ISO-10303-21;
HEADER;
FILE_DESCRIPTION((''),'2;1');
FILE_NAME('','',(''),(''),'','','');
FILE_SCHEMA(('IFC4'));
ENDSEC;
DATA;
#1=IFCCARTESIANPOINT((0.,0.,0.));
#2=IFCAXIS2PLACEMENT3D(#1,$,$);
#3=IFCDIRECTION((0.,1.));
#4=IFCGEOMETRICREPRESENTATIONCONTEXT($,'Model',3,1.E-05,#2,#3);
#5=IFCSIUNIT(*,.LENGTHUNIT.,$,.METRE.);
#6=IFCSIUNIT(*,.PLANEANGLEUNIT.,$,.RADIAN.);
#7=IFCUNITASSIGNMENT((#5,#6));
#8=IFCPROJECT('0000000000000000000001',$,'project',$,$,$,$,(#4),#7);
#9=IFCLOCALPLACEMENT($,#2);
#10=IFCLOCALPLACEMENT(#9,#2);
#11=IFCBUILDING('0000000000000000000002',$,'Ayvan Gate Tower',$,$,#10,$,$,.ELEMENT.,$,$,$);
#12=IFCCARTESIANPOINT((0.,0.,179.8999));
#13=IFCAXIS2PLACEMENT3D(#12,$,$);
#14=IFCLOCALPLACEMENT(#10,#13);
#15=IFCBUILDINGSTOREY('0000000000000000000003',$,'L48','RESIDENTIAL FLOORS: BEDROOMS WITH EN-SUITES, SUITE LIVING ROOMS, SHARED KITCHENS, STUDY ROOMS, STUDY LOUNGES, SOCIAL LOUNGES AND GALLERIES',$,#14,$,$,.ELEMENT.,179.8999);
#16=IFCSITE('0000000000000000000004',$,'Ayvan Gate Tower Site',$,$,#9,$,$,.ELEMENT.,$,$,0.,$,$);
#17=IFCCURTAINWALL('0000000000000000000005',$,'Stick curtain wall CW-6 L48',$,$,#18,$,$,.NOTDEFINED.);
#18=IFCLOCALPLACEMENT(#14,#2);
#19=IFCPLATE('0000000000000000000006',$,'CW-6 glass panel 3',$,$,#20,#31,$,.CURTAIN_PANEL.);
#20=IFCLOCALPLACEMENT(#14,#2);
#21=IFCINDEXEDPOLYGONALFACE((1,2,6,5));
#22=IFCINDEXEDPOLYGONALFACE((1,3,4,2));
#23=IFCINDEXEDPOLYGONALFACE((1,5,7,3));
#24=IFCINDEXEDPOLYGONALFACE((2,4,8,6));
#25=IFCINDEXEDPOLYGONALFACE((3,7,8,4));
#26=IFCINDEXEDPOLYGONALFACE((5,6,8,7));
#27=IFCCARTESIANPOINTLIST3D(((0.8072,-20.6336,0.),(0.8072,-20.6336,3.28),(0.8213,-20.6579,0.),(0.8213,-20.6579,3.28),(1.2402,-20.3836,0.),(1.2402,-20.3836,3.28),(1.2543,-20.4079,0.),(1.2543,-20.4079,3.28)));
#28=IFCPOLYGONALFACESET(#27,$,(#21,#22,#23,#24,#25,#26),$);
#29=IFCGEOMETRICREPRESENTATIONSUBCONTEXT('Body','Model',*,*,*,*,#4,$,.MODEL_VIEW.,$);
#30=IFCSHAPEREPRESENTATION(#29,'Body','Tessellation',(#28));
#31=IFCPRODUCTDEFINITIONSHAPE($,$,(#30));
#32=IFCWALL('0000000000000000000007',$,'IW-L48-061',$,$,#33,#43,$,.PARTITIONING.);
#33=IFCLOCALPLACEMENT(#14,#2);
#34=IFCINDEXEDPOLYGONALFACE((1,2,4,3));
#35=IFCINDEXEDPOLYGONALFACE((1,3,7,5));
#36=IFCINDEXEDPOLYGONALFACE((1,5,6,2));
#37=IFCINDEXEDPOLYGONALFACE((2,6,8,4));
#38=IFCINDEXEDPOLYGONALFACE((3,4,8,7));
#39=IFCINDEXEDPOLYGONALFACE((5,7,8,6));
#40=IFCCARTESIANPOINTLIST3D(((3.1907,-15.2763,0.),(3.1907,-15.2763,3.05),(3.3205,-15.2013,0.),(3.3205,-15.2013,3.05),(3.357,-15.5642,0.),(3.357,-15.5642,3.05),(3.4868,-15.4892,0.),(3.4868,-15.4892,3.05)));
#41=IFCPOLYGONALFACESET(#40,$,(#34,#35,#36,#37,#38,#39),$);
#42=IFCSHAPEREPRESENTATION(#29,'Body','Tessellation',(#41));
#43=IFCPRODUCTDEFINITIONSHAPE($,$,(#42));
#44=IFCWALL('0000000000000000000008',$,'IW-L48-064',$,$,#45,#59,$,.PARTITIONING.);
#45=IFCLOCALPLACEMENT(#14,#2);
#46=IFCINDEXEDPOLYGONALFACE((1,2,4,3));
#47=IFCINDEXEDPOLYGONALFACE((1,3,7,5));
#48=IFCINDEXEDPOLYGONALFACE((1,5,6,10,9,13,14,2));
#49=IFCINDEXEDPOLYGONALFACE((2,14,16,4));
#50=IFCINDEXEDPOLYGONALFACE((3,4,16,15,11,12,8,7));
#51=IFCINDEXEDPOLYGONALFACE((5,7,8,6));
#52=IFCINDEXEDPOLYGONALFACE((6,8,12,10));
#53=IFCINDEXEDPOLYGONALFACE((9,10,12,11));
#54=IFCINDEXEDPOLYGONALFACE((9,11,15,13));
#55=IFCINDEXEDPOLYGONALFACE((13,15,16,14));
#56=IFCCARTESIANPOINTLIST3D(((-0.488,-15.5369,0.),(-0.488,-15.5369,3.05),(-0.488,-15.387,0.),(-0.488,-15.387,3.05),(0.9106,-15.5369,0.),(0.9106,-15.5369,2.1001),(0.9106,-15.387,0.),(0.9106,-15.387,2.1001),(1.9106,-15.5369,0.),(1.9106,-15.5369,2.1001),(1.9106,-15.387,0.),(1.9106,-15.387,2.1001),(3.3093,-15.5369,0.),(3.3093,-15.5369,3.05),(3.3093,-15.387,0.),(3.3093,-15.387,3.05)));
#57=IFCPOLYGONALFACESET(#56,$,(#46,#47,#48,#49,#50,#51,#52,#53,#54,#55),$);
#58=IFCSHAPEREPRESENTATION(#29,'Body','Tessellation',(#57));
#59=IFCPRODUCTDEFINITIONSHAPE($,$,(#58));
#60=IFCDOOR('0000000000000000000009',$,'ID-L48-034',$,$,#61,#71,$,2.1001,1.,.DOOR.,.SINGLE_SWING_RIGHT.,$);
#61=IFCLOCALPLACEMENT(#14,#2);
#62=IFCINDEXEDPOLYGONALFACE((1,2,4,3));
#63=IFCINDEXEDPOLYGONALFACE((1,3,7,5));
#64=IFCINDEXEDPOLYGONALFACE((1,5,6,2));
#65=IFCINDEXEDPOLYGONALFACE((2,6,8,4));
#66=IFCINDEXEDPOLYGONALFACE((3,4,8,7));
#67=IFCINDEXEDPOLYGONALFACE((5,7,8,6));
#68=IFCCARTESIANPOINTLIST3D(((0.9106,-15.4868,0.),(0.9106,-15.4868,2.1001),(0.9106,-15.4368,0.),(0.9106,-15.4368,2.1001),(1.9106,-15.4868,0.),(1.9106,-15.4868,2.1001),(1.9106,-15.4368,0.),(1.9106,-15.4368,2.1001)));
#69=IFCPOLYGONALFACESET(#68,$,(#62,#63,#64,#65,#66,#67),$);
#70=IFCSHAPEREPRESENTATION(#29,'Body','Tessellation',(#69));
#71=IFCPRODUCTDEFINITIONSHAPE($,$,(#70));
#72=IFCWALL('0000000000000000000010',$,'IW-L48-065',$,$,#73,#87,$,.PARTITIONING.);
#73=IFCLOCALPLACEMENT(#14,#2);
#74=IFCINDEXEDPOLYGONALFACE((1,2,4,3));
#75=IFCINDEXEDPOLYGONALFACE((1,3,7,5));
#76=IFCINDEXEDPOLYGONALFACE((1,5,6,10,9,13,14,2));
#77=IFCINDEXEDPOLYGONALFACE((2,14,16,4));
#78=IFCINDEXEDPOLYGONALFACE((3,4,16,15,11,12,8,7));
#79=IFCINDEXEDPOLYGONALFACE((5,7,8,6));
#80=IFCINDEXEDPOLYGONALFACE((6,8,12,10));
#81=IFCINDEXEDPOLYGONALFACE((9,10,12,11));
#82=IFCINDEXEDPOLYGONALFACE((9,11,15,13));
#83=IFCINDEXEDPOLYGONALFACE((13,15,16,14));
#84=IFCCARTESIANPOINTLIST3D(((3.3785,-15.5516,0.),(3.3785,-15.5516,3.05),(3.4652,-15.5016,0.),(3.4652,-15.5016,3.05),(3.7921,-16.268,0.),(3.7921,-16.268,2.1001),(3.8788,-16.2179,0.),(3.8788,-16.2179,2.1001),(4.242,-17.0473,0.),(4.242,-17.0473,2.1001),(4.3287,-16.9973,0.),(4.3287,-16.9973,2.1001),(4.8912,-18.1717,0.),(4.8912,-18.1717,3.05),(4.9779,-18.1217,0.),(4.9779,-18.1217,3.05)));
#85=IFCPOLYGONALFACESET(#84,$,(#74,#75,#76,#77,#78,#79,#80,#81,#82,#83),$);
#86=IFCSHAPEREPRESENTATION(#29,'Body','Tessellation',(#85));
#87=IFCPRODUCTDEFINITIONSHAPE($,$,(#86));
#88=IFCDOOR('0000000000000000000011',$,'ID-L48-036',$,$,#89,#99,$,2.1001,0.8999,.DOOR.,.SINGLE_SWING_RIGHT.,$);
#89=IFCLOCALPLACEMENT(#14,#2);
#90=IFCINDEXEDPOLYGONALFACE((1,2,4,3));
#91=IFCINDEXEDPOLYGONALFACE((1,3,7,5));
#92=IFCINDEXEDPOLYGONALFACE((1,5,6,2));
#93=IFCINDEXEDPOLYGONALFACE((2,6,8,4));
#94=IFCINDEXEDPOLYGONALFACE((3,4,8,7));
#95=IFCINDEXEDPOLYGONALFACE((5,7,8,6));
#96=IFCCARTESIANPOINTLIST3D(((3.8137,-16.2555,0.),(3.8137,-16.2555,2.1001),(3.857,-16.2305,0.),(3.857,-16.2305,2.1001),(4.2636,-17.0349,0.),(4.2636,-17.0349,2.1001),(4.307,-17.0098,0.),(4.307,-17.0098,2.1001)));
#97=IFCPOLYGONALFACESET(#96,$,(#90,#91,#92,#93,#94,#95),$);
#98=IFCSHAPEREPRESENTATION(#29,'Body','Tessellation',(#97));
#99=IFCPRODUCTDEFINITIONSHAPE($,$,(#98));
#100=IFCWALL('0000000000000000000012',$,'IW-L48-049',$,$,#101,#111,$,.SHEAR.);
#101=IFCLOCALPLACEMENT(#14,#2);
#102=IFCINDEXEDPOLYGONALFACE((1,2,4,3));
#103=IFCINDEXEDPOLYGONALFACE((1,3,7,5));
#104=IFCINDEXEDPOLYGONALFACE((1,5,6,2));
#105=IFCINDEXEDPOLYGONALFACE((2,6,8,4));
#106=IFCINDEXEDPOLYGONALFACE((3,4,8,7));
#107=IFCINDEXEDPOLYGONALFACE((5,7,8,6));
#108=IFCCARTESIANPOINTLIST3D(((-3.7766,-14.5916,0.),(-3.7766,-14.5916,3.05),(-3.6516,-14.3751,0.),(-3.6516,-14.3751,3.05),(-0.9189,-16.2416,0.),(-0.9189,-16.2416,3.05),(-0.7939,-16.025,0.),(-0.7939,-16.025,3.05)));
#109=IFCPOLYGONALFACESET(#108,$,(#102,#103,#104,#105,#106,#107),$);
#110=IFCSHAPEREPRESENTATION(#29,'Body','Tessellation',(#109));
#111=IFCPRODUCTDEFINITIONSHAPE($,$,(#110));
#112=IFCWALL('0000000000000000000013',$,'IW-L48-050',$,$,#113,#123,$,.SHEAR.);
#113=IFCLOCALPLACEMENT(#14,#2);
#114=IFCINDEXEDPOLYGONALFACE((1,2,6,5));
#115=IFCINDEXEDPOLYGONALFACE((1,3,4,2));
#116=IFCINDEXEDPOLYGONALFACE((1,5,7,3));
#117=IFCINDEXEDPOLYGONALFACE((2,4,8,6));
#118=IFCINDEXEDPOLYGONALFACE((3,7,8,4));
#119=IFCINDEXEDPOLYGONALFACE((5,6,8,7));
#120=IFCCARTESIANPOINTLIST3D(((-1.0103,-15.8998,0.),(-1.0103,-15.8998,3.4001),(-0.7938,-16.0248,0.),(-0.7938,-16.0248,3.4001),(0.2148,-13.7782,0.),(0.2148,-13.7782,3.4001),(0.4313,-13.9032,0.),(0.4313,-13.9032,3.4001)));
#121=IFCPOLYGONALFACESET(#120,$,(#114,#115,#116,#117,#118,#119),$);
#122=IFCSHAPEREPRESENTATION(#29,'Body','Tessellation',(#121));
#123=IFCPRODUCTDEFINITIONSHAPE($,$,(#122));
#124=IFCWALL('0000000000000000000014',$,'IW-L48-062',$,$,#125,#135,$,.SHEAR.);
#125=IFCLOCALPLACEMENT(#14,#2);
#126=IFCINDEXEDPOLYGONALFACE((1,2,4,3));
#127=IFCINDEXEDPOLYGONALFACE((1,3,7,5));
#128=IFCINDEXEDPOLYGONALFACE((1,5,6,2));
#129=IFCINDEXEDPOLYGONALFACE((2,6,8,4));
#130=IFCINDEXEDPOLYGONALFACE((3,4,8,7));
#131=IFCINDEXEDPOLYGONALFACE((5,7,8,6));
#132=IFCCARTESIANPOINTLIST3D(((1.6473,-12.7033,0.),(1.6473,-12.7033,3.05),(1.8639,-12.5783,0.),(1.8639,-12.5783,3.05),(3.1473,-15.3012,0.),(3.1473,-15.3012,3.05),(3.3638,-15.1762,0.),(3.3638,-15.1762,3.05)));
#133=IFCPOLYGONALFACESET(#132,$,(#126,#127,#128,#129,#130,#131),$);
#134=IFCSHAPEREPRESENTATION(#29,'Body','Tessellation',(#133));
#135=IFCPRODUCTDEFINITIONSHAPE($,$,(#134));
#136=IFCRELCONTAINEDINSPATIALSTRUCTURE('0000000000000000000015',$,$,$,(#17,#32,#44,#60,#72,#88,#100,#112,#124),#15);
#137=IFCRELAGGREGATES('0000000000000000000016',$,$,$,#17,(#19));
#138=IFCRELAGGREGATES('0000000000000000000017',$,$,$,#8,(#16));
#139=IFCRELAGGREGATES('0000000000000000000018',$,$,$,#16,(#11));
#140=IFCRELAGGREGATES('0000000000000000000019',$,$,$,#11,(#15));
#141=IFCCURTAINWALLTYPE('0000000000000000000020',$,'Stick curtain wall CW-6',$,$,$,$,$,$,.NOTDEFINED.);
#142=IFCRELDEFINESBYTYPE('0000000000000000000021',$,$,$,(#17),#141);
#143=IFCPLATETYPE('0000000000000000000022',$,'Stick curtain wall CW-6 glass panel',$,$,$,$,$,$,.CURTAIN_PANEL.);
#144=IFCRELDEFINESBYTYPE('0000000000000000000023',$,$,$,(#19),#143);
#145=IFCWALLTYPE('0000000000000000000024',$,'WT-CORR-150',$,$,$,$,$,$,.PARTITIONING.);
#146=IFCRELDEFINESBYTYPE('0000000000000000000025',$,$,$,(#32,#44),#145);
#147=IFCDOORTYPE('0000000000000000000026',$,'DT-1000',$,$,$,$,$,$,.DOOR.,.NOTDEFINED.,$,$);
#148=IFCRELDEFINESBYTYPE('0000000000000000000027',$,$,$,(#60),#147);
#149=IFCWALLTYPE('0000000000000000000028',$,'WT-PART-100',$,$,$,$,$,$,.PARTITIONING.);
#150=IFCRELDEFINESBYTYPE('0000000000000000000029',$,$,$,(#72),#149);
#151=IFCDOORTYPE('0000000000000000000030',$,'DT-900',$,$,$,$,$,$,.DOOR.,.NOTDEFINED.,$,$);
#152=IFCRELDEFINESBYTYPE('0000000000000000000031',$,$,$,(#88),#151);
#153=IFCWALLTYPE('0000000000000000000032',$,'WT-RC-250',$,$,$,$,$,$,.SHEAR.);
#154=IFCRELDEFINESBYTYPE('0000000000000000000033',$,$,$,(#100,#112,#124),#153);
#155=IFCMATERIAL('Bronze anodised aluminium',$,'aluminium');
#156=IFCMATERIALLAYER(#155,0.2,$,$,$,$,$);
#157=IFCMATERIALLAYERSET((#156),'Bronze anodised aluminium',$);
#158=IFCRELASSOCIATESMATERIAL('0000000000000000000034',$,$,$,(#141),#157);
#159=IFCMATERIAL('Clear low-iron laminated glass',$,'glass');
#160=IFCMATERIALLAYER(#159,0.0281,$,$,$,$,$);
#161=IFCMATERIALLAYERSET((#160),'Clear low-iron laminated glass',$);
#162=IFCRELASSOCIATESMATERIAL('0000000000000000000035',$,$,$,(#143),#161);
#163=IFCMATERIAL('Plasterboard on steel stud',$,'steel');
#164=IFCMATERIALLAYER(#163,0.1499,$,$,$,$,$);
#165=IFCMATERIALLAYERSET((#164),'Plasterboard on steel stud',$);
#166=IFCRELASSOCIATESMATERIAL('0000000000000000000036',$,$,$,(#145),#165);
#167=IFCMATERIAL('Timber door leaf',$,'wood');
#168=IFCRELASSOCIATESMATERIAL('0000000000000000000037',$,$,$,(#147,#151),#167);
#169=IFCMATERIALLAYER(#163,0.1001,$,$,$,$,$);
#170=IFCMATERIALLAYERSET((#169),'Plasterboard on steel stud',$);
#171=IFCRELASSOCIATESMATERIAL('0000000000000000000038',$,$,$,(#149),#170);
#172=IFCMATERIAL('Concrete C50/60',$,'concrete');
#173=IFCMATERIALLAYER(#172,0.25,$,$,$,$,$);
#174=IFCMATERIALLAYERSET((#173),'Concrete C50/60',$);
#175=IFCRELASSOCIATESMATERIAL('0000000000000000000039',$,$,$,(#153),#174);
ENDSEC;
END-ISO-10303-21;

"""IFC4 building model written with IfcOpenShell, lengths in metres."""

from ifc_helpers import new_model, si_unit, direction, frame, frame_2d, origin, origin_2d, place, context, subcontext, project, spatial, rectangle, extrude, material, layer, layer_set, type_object, element, fill, aggregate, save


model = new_model("IFC4")

# Units and contexts
model_context = context("Model", 3, precision=1e-05, world=origin(), true_north=direction((0.0, 1.0)))
body_context = subcontext(model_context, "Body", "Model", "MODEL_VIEW")
ifc_project = project(units=[si_unit("LENGTHUNIT", "METRE"), si_unit("PLANEANGLEUNIT", "RADIAN")], contexts=[model_context])

# Site, building, storey
site_placement = place(None, origin())
site = spatial("IfcSite", under=ifc_project, at=site_placement, Name="Ayvan Gate Tower Site", CompositionType="ELEMENT", RefElevation=0.0)
building_placement = place(site_placement, origin())
building = spatial("IfcBuilding", under=site, at=building_placement, Name="Ayvan Gate Tower", CompositionType="ELEMENT")
storey_placement = place(building_placement, frame((0.0, 0.0, 179.8999)))
storey = spatial("IfcBuildingStorey", under=building, at=storey_placement, Name="L48", Description="RESIDENTIAL FLOORS: BEDROOMS WITH EN-SUITES, SUITE LIVING ROOMS, SHARED KITCHENS, STUDY ROOMS, STUDY LOUNGES, SOCIAL LOUNGES AND GALLERIES", CompositionType="ELEMENT", Elevation=179.8999)

# Curtain wall
ifc_material_1 = material(Name="Bronze anodised aluminium", Category="aluminium")
ifc_layer_1 = layer(ifc_material_1, 0.2)
ifc_layer_set_1 = layer_set([ifc_layer_1], Name="Bronze anodised aluminium")
curtain_wall_type_1 = type_object("IfcCurtainWallType", Name="Stick curtain wall CW-6", PredefinedType="NOTDEFINED", material=ifc_layer_set_1)
curtain_wall_1_placement = place(storey_placement, origin())
curtain_wall_1 = element("IfcCurtainWall", 1, at=curtain_wall_1_placement, inside=storey, type_object=curtain_wall_type_1, Name="Stick curtain wall CW-6 L48", PredefinedType="NOTDEFINED")

# Plate
ifc_material_2 = material(Name="Clear low-iron laminated glass", Category="glass")
ifc_layer_2 = layer(ifc_material_2, 0.0281)
ifc_layer_set_2 = layer_set([ifc_layer_2], Name="Clear low-iron laminated glass")
plate_type_1 = type_object("IfcPlateType", Name="Stick curtain wall CW-6 glass panel", PredefinedType="CURTAIN_PANEL", material=ifc_layer_set_2)
plate_1_placement = place(storey_placement, frame((1.0308, -20.5208, 0.0), z_axis=(0.0, 0.0, 1.0), x_axis=(0.866025, 0.5, 0.0)))
plate_1 = element("IfcPlate", 2, at=plate_1_placement, type_object=plate_type_1, Name="CW-6 glass panel 3", PredefinedType="CURTAIN_PANEL", context=body_context, shape_type="SweptSolid", body=[
    extrude(rectangle(XDim=0.5, YDim=0.0281, at=origin_2d()), origin(), (0.0, 0.0, 1.0), 3.28),
])
aggregate(curtain_wall_1, [plate_1])

# Wall
ifc_material_3 = material(Name="Plasterboard on steel stud", Category="steel")
ifc_layer_3 = layer(ifc_material_3, 0.1499)
ifc_layer_set_3 = layer_set([ifc_layer_3], Name="Plasterboard on steel stud")
wall_type_1 = type_object("IfcWallType", Name="WT-CORR-150", PredefinedType="PARTITIONING", material=ifc_layer_set_3)
wall_1_placement = place(storey_placement, frame((3.2556, -15.2388, 0.0), z_axis=(0.0, 0.0, 1.0), x_axis=(0.500167, -0.865929, 0.0)))
element("IfcWall", 3, at=wall_1_placement, inside=storey, type_object=wall_type_1, Name="IW-L48-061", PredefinedType="PARTITIONING", context=body_context, shape_type="SweptSolid", body=[
    extrude(rectangle(XDim=0.3325, YDim=0.1499, at=frame_2d((0.1663, 0.0))), origin(), (0.0, 0.0, 1.0), 3.05),
])

# Walls, openings, doors
wall_2_placement = place(storey_placement, frame((3.3093, -15.4619, 0.0), z_axis=(0.0, 0.0, 1.0), x_axis=(-1.0, 0.0, 0.0)))
wall_2 = element("IfcWall", 4, at=wall_2_placement, inside=storey, type_object=wall_type_1, Name="IW-L48-064", PredefinedType="PARTITIONING", context=body_context, shape_type="SweptSolid", body=[
    extrude(rectangle(XDim=3.7974, YDim=0.1499, at=frame_2d((1.8987, 0.0))), origin(), (0.0, 0.0, 1.0), 3.05),
])
opening_1_placement = place(wall_2_placement, frame((1.3987, 0.0, 0.0)))
opening_1 = element("IfcOpeningElement", 5, at=opening_1_placement, cuts=wall_2, PredefinedType="OPENING", context=body_context, shape_type="SweptSolid", body=[
    extrude(rectangle(XDim=1.0, YDim=2.1001, at=frame_2d((0.5, 1.05))), frame((0.0, 0.085, 0.0), z_axis=(0.0, -1.0, 0.0), x_axis=(1.0, 0.0, 0.0)), (0.0, 0.0, 1.0), 0.1699),
])
ifc_material_4 = material(Name="Timber door leaf", Category="wood")
door_type_1 = type_object("IfcDoorType", Name="DT-1000", OperationType="NOTDEFINED", PredefinedType="DOOR", material=ifc_material_4)
door_1_placement = place(opening_1_placement, origin())
door_1 = element("IfcDoor", 6, at=door_1_placement, inside=storey, type_object=door_type_1, Name="ID-L48-034", OperationType="SINGLE_SWING_RIGHT", OverallHeight=2.1001, OverallWidth=1.0, PredefinedType="DOOR", context=body_context, shape_type="SweptSolid", body=[
    extrude(rectangle(XDim=1.0, YDim=2.1001, at=frame_2d((0.5, 1.05))), frame((0.0, 0.0249, 0.0), z_axis=(0.0, -1.0, 0.0), x_axis=(1.0, 0.0, 0.0)), (0.0, 0.0, 1.0), 0.05),
])
fill(opening_1, door_1)
ifc_layer_4 = layer(ifc_material_3, 0.1001)
ifc_layer_set_4 = layer_set([ifc_layer_4], Name="Plasterboard on steel stud")
wall_type_2 = type_object("IfcWallType", Name="WT-PART-100", PredefinedType="PARTITIONING", material=ifc_layer_set_4)
wall_3_placement = place(storey_placement, frame((3.4219, -15.5266, 0.0), z_axis=(0.0, 0.0, 1.0), x_axis=(0.499993, -0.86603, 0.0)))
wall_3 = element("IfcWall", 7, at=wall_3_placement, inside=storey, type_object=wall_type_2, Name="IW-L48-065", PredefinedType="PARTITIONING", context=body_context, shape_type="SweptSolid", body=[
    extrude(rectangle(XDim=3.0254, YDim=0.1001, at=frame_2d((1.5127, 0.0))), origin(), (0.0, 0.0, 1.0), 3.05),
])
opening_2_placement = place(wall_3_placement, frame((0.8271, 0.0, 0.0)))
opening_2 = element("IfcOpeningElement", 8, at=opening_2_placement, cuts=wall_3, PredefinedType="OPENING", context=body_context, shape_type="SweptSolid", body=[
    extrude(rectangle(XDim=0.8999, YDim=2.1001, at=frame_2d((0.45, 1.05))), frame((0.0, 0.0601, 0.0), z_axis=(0.0, -1.0, 0.0), x_axis=(1.0, 0.0, 0.0)), (0.0, 0.0, 1.0), 0.1201),
])
door_type_2 = type_object("IfcDoorType", Name="DT-900", OperationType="NOTDEFINED", PredefinedType="DOOR", material=ifc_material_4)
door_2_placement = place(opening_2_placement, origin())
door_2 = element("IfcDoor", 9, at=door_2_placement, inside=storey, type_object=door_type_2, Name="ID-L48-036", OperationType="SINGLE_SWING_RIGHT", OverallHeight=2.1001, OverallWidth=0.8999, PredefinedType="DOOR", context=body_context, shape_type="SweptSolid", body=[
    extrude(rectangle(XDim=0.8999, YDim=2.1001, at=frame_2d((0.45, 1.05))), frame((0.0, 0.0249, 0.0), z_axis=(0.0, -1.0, 0.0), x_axis=(1.0, 0.0, 0.0)), (0.0, 0.0, 1.0), 0.05),
])
fill(opening_2, door_2)

# Walls
ifc_material_5 = material(Name="Concrete C50/60", Category="concrete")
ifc_layer_5 = layer(ifc_material_5, 0.25)
ifc_layer_set_5 = layer_set([ifc_layer_5], Name="Concrete C50/60")
wall_type_3 = type_object("IfcWallType", Name="WT-RC-250", PredefinedType="SHEAR", material=ifc_layer_set_5)
wall_4_placement = place(storey_placement, frame((-0.8564, -16.1333, 0.0), z_axis=(0.0, 0.0, 1.0), x_axis=(-0.866022, 0.500006, 0.0)))
element("IfcWall", 10, at=wall_4_placement, inside=storey, type_object=wall_type_3, Name="IW-L48-049", PredefinedType="SHEAR", context=body_context, shape_type="SweptSolid", body=[
    extrude(rectangle(XDim=3.2998, YDim=0.25, at=frame_2d((1.6499, 0.0))), origin(), (0.0, 0.0, 1.0), 3.05),
])
wall_5_placement = place(storey_placement, frame((-0.9021, -15.9624, 0.0), z_axis=(0.0, 0.0, 1.0), x_axis=(0.500062, 0.86599, 0.0)))
element("IfcWall", 11, at=wall_5_placement, inside=storey, type_object=wall_type_3, Name="IW-L48-050", PredefinedType="SHEAR", context=body_context, shape_type="SweptSolid", body=[
    extrude(rectangle(XDim=2.45, YDim=0.25, at=frame_2d((1.2251, 0.0))), origin(), (0.0, 0.0, 1.0), 3.4001),
])
wall_6_placement = place(storey_placement, frame((3.2556, -15.2388, 0.0), z_axis=(0.0, 0.0, 1.0), x_axis=(-0.500025, 0.866011, 0.0)))
element("IfcWall", 12, at=wall_6_placement, inside=storey, type_object=wall_type_3, Name="IW-L48-062", PredefinedType="SHEAR", context=body_context, shape_type="SweptSolid", body=[
    extrude(rectangle(XDim=2.9998, YDim=0.25, at=frame_2d((1.5, 0.0))), origin(), (0.0, 0.0, 1.0), 3.05),
])

save(model, "model.ifc")
